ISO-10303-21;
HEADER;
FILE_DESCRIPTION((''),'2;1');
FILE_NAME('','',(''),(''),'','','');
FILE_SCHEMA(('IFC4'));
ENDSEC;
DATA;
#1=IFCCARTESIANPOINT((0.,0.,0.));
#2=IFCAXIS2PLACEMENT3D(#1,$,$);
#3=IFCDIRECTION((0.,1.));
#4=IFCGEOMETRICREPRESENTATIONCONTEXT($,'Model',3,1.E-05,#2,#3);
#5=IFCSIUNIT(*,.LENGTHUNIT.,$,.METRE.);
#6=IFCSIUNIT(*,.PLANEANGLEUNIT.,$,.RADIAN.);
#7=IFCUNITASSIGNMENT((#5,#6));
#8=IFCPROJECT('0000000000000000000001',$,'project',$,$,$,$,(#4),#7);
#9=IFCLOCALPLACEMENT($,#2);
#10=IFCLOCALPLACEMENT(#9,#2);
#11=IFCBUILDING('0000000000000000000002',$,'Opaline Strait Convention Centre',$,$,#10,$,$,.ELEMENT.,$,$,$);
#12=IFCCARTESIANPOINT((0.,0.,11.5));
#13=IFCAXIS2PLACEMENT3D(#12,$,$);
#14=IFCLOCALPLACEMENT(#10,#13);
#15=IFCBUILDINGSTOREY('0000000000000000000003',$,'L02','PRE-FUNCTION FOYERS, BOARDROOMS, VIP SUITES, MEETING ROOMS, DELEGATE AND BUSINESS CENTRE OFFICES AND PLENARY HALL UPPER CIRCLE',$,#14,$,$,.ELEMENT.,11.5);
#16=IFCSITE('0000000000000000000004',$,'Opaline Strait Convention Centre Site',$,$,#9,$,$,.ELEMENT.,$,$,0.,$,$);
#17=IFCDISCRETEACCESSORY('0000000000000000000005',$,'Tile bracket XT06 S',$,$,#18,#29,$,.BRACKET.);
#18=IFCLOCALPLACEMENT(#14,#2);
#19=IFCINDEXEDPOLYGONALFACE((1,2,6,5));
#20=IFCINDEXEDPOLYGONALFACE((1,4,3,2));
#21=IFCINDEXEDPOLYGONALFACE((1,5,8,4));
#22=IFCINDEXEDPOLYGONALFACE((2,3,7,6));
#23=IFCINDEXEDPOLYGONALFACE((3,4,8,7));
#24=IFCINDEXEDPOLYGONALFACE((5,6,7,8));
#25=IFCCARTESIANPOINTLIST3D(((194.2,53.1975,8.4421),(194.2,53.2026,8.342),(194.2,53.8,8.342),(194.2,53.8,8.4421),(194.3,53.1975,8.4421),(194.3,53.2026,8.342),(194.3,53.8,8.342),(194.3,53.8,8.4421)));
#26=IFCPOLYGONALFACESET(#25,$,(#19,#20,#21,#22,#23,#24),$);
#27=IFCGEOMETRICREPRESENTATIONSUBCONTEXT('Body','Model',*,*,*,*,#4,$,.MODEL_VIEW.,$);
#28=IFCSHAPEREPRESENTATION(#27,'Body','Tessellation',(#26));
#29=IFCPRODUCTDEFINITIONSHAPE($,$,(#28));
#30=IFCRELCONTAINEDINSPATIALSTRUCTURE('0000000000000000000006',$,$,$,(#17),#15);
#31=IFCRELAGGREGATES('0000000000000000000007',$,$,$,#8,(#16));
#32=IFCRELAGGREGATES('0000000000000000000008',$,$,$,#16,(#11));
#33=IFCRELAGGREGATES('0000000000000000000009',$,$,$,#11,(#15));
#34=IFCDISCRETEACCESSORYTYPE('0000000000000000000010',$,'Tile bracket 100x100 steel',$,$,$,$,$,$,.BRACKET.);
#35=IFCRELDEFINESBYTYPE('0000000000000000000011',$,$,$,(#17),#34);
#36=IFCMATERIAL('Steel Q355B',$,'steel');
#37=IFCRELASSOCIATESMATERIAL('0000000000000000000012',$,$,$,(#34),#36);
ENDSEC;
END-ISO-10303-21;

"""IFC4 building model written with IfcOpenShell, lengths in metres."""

from ifc_helpers import new_model, si_unit, direction, frame, origin, place, context, subcontext, project, spatial, polyline, outline, extrude, material, type_object, element, save


model = new_model("IFC4")

# Units and contexts
model_context = context("Model", 3, precision=1e-05, world=origin(), true_north=direction((0.0, 1.0)))
body_context = subcontext(model_context, "Body", "Model", "MODEL_VIEW")
ifc_project = project(units=[si_unit("LENGTHUNIT", "METRE"), si_unit("PLANEANGLEUNIT", "RADIAN")], contexts=[model_context])

# Site, building, storey
site_placement = place(None, origin())
site = spatial("IfcSite", under=ifc_project, at=site_placement, Name="Opaline Strait Convention Centre Site", CompositionType="ELEMENT", RefElevation=0.0)
building_placement = place(site_placement, origin())
building = spatial("IfcBuilding", under=site, at=building_placement, Name="Opaline Strait Convention Centre", CompositionType="ELEMENT")
storey_placement = place(building_placement, frame((0.0, 0.0, 11.5)))
storey = spatial("IfcBuildingStorey", under=building, at=storey_placement, Name="L02", Description="PRE-FUNCTION FOYERS, BOARDROOMS, VIP SUITES, MEETING ROOMS, DELEGATE AND BUSINESS CENTRE OFFICES AND PLENARY HALL UPPER CIRCLE", CompositionType="ELEMENT", Elevation=11.5)

# Shared definitions
ifc_material_1 = material(Name="Steel Q355B", Category="steel")

# Discrete accessory
discrete_accessory_type = type_object("IfcDiscreteAccessoryType", Name="Tile bracket 100x100 steel", PredefinedType="BRACKET", material=ifc_material_1)
discrete_accessory_1_placement = place(storey_placement, frame((194.2, 53.8, 8.3921), z_axis=(1.0, 0.0, 0.0), x_axis=(0.0, 1.0, 0.0)))
element("IfcDiscreteAccessory", 1, at=discrete_accessory_1_placement, inside=storey, type_object=discrete_accessory_type, Name="Tile bracket XT06 S", PredefinedType="BRACKET", context=body_context, shape_type="SweptSolid", body=[
    extrude(outline(polyline([(0.0, -0.05), (0.0, 0.05), (-0.6025, 0.05), (-0.5974, -0.05), (0.0, -0.05)])), origin(), (0.0, 0.0, 1.0), 0.1001),
])

save(model, "model.ifc")
